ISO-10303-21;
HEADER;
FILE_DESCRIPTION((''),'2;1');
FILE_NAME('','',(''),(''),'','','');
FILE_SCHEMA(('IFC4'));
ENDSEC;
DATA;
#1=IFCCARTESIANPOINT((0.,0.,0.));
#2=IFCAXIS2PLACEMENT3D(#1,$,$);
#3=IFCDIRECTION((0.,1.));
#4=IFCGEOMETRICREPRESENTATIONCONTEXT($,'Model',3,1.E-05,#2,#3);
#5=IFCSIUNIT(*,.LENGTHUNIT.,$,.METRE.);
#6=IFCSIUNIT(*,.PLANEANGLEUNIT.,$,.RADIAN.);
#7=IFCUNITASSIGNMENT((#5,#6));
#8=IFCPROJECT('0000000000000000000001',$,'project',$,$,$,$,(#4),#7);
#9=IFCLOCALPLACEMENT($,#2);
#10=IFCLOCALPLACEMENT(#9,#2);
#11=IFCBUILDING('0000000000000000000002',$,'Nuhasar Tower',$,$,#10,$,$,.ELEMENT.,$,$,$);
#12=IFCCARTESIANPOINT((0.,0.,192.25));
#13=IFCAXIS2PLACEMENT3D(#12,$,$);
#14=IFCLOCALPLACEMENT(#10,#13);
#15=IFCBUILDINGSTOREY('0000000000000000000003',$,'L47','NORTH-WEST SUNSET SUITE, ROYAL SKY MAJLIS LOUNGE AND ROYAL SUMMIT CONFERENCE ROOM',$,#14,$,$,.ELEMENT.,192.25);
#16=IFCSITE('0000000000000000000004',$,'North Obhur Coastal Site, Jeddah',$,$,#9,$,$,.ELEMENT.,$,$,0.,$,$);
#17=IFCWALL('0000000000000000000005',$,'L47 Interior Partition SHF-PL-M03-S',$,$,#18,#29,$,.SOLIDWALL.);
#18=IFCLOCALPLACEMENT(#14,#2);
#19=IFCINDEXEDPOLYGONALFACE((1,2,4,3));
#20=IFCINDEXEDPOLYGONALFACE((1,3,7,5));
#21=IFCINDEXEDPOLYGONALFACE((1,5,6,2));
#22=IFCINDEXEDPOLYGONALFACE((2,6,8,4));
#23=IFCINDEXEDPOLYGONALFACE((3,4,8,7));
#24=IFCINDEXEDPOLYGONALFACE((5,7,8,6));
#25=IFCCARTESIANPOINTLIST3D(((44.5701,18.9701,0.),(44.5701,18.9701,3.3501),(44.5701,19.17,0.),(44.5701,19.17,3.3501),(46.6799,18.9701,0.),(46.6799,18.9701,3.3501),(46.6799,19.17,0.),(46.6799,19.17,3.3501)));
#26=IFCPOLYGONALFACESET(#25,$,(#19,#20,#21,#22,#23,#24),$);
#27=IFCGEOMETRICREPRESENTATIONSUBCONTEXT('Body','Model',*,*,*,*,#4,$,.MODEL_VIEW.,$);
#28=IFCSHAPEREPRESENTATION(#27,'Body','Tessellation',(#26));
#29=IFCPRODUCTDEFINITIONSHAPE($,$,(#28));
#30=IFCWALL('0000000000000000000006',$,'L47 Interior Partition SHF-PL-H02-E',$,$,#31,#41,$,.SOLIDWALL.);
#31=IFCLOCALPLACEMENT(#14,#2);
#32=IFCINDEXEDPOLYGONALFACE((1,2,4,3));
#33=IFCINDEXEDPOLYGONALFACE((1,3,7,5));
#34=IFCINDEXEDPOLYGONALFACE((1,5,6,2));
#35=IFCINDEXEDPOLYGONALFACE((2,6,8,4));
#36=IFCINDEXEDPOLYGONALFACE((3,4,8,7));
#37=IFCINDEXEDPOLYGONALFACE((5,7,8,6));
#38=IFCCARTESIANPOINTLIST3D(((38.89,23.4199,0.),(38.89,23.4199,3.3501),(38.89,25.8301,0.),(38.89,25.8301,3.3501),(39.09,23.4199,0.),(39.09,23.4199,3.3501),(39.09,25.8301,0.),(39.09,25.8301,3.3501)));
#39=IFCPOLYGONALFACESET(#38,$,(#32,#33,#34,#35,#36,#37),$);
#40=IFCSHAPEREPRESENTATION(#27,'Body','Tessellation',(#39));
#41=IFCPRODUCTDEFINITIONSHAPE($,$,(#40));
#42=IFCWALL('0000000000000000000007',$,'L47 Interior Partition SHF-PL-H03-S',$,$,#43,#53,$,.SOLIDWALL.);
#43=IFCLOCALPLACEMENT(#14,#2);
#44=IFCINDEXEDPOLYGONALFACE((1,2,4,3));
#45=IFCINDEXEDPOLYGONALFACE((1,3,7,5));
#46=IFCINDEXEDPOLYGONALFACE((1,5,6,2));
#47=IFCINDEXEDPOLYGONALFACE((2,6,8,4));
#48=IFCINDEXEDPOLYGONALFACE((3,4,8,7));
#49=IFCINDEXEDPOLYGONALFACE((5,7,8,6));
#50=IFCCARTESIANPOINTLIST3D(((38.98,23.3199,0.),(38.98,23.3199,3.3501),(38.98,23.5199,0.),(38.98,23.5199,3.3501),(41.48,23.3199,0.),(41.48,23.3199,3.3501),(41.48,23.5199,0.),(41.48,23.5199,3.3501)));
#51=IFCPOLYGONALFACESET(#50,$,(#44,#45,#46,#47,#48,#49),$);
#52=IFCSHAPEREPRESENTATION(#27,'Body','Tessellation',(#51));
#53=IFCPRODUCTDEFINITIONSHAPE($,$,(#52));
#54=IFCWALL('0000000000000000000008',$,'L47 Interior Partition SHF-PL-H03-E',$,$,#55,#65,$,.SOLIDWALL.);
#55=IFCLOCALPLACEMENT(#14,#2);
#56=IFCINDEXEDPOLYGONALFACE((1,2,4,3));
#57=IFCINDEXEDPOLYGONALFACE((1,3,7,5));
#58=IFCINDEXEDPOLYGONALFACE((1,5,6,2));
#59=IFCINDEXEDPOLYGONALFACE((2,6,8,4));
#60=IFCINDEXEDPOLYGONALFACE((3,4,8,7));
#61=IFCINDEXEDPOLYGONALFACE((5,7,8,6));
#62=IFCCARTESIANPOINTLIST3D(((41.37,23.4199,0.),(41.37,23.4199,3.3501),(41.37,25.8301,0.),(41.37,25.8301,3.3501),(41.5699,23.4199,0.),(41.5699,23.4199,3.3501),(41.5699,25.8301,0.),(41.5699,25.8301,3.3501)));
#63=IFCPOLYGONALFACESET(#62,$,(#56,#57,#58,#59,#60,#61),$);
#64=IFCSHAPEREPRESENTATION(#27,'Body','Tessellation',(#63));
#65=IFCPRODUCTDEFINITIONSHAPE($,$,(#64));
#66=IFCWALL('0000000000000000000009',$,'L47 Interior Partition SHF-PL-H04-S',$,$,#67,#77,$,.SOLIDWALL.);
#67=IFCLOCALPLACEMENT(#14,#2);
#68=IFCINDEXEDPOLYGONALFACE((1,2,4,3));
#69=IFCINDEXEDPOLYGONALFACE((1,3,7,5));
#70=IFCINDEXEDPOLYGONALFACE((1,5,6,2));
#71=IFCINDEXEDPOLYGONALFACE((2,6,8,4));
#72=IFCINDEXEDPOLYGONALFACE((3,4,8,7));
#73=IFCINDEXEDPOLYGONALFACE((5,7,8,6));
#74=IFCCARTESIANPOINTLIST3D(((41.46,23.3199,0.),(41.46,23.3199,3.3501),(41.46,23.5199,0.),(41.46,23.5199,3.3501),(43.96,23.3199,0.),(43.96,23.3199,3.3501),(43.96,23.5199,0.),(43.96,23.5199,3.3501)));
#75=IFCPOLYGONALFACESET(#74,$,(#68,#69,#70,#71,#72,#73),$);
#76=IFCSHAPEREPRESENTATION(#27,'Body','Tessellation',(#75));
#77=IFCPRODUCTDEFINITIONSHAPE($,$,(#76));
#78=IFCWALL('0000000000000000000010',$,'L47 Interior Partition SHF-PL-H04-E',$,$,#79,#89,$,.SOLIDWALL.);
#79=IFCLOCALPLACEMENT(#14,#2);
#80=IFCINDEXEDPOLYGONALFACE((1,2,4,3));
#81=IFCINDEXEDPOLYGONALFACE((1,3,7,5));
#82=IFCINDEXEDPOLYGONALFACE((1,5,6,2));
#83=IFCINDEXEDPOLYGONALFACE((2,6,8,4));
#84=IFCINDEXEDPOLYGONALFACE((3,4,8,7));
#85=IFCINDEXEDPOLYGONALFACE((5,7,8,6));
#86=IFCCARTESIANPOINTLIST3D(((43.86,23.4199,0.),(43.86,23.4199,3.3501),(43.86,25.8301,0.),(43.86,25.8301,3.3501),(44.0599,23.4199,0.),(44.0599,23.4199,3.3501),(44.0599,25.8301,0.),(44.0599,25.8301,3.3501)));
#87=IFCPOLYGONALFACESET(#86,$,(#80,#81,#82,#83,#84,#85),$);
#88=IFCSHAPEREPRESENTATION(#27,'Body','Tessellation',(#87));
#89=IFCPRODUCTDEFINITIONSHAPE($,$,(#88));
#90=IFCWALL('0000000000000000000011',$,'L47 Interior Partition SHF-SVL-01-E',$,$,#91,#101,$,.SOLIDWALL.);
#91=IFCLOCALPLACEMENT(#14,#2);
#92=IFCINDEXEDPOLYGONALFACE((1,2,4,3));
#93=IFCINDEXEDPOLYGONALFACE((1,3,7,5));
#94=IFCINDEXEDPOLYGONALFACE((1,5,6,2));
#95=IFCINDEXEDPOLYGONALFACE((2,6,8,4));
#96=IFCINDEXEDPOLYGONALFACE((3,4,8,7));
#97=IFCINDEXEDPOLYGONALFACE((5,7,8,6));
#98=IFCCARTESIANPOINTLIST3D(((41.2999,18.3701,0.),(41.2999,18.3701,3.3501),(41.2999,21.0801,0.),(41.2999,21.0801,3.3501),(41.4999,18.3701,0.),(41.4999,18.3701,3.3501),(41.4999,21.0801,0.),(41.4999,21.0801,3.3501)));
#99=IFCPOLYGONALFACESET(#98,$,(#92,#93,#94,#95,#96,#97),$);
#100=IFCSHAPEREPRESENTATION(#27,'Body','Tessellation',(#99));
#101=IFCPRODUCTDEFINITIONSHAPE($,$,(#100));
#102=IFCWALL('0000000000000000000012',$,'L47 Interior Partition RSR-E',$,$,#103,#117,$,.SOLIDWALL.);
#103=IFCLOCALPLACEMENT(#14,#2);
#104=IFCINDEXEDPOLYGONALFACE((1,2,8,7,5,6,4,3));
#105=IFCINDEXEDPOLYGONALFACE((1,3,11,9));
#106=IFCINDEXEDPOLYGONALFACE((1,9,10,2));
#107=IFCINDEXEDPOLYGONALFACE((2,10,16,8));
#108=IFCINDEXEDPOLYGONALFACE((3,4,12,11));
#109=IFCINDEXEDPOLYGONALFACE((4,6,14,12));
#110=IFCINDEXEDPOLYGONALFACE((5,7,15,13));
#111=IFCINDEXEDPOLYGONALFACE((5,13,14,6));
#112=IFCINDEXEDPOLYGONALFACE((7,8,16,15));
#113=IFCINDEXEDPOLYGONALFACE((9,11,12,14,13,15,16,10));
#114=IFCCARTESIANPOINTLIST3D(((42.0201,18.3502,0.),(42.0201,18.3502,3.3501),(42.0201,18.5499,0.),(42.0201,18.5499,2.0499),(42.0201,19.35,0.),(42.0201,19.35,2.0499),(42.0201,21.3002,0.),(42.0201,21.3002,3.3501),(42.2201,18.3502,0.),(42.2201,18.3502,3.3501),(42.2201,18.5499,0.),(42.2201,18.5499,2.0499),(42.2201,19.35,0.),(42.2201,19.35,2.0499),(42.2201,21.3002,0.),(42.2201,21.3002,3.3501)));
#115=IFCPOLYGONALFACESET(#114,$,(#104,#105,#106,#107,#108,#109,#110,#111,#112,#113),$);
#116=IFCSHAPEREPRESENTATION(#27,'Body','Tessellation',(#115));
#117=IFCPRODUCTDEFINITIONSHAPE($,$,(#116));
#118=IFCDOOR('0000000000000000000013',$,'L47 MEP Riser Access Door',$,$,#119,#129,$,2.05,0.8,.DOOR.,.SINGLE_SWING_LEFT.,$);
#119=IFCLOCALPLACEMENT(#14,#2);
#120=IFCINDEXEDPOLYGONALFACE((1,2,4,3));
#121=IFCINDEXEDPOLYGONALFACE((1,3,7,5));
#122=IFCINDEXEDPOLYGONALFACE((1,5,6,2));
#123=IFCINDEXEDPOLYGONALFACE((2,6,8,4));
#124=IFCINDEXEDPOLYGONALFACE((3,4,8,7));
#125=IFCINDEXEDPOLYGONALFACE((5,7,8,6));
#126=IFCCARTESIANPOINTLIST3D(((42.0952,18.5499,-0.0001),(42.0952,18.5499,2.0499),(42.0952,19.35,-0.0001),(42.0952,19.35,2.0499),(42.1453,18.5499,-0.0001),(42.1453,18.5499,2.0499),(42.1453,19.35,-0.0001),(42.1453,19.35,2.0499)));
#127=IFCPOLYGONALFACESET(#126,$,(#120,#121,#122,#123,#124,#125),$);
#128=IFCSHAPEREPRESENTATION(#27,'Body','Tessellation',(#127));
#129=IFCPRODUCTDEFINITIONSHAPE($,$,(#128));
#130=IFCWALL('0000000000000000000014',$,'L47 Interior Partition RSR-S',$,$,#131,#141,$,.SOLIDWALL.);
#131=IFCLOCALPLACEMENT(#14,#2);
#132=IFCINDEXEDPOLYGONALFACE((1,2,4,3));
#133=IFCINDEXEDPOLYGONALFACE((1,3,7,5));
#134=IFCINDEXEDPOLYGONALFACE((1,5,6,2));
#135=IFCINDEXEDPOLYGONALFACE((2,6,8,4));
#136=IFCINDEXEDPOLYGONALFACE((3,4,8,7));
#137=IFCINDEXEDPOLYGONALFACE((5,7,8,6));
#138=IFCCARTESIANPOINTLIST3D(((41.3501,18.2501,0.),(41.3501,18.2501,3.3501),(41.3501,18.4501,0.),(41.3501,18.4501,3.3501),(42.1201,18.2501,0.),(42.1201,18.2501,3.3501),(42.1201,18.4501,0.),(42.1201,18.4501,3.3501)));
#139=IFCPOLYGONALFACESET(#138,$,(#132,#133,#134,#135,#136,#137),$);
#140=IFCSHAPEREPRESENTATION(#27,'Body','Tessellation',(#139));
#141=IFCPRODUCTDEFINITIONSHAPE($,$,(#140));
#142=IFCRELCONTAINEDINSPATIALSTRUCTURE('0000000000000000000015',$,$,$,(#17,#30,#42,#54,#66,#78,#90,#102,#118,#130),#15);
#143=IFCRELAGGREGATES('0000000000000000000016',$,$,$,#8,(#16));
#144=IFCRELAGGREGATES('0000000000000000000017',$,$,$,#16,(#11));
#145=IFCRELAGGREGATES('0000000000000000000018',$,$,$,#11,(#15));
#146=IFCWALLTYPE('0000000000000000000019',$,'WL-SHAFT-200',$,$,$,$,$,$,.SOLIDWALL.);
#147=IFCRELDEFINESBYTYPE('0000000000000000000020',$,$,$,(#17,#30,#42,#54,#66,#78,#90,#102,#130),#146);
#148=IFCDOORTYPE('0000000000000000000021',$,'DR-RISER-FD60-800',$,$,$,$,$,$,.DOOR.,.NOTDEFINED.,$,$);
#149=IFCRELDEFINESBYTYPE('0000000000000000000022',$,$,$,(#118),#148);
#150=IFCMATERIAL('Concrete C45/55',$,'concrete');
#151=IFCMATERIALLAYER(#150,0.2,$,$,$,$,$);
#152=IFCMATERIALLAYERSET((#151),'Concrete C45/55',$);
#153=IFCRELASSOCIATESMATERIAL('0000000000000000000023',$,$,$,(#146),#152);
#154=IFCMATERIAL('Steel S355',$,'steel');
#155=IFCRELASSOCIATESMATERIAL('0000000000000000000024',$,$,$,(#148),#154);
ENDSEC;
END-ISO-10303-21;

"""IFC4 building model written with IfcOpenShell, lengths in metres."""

from ifc_helpers import new_model, si_unit, direction, frame, frame_2d, origin, place, context, subcontext, project, spatial, rectangle, extrude, material, layer, layer_set, type_object, element, fill, save


model = new_model("IFC4")

# Units and contexts
model_context = context("Model", 3, precision=1e-05, world=origin(), true_north=direction((0.0, 1.0)))
body_context = subcontext(model_context, "Body", "Model", "MODEL_VIEW")
ifc_project = project(units=[si_unit("LENGTHUNIT", "METRE"), si_unit("PLANEANGLEUNIT", "RADIAN")], contexts=[model_context])

# Site, building, storey
site_placement = place(None, origin())
site = spatial("IfcSite", under=ifc_project, at=site_placement, Name="North Obhur Coastal Site, Jeddah", CompositionType="ELEMENT", RefElevation=0.0)
building_placement = place(site_placement, origin())
building = spatial("IfcBuilding", under=site, at=building_placement, Name="Nuhasar Tower", CompositionType="ELEMENT")
storey_placement = place(building_placement, frame((0.0, 0.0, 192.25)))
storey = spatial("IfcBuildingStorey", under=building, at=storey_placement, Name="L47", Description="NORTH-WEST SUNSET SUITE, ROYAL SKY MAJLIS LOUNGE AND ROYAL SUMMIT CONFERENCE ROOM", CompositionType="ELEMENT", Elevation=192.25)

# Shared definitions
ifc_material_1 = material(Name="Steel S355", Category="steel")

# Shared definitions
ifc_material_2 = material(Name="Concrete C45/55", Category="concrete")

# Shared definitions
ifc_layer_1 = layer(ifc_material_2, 0.2)
ifc_layer_set_1 = layer_set([ifc_layer_1], Name="Concrete C45/55")
wall_type_1 = type_object("IfcWallType", Name="WL-SHAFT-200", PredefinedType="SOLIDWALL", material=ifc_layer_set_1)

# Wall
wall_1_placement = place(storey_placement, frame((44.5701, 19.0701, 0.0), z_axis=(0.0, 0.0, 1.0), x_axis=(1.0, 0.0, 0.0)))
element("IfcWall", 1, at=wall_1_placement, inside=storey, type_object=wall_type_1, Name="L47 Interior Partition SHF-PL-M03-S", PredefinedType="SOLIDWALL", context=body_context, shape_type="SweptSolid", body=[
    extrude(rectangle(XDim=2.1099, YDim=0.2, at=frame_2d((1.0549, 0.0))), origin(), (0.0, 0.0, 1.0), 3.3501),
])

# Walls
wall_2_placement = place(storey_placement, frame((38.99, 23.4199, 0.0), z_axis=(0.0, 0.0, 1.0), x_axis=(0.0, 1.0, 0.0)))
element("IfcWall", 2, at=wall_2_placement, inside=storey, type_object=wall_type_1, Name="L47 Interior Partition SHF-PL-H02-E", PredefinedType="SOLIDWALL", context=body_context, shape_type="SweptSolid", body=[
    extrude(rectangle(XDim=2.4102, YDim=0.2, at=frame_2d((1.2051, 0.0))), origin(), (0.0, 0.0, 1.0), 3.3501),
])
wall_3_placement = place(storey_placement, frame((38.98, 23.4199, 0.0), z_axis=(0.0, 0.0, 1.0), x_axis=(1.0, 0.0, 0.0)))
element("IfcWall", 3, at=wall_3_placement, inside=storey, type_object=wall_type_1, Name="L47 Interior Partition SHF-PL-H03-S", PredefinedType="SOLIDWALL", context=body_context, shape_type="SweptSolid", body=[
    extrude(rectangle(XDim=2.5, YDim=0.2, at=frame_2d((1.25, 0.0))), origin(), (0.0, 0.0, 1.0), 3.3501),
])
wall_4_placement = place(storey_placement, frame((41.47, 23.4199, 0.0), z_axis=(0.0, 0.0, 1.0), x_axis=(0.0, 1.0, 0.0)))
element("IfcWall", 4, at=wall_4_placement, inside=storey, type_object=wall_type_1, Name="L47 Interior Partition SHF-PL-H03-E", PredefinedType="SOLIDWALL", context=body_context, shape_type="SweptSolid", body=[
    extrude(rectangle(XDim=2.4102, YDim=0.2, at=frame_2d((1.2051, 0.0))), origin(), (0.0, 0.0, 1.0), 3.3501),
])
wall_5_placement = place(storey_placement, frame((41.46, 23.4199, 0.0), z_axis=(0.0, 0.0, 1.0), x_axis=(1.0, 0.0, 0.0)))
element("IfcWall", 5, at=wall_5_placement, inside=storey, type_object=wall_type_1, Name="L47 Interior Partition SHF-PL-H04-S", PredefinedType="SOLIDWALL", context=body_context, shape_type="SweptSolid", body=[
    extrude(rectangle(XDim=2.5, YDim=0.2, at=frame_2d((1.25, 0.0))), origin(), (0.0, 0.0, 1.0), 3.3501),
])
wall_6_placement = place(storey_placement, frame((43.96, 23.4199, 0.0), z_axis=(0.0, 0.0, 1.0), x_axis=(0.0, 1.0, 0.0)))
element("IfcWall", 6, at=wall_6_placement, inside=storey, type_object=wall_type_1, Name="L47 Interior Partition SHF-PL-H04-E", PredefinedType="SOLIDWALL", context=body_context, shape_type="SweptSolid", body=[
    extrude(rectangle(XDim=2.4102, YDim=0.2, at=frame_2d((1.2051, 0.0))), origin(), (0.0, 0.0, 1.0), 3.3501),
])
wall_7_placement = place(storey_placement, frame((41.3999, 18.3701, 0.0), z_axis=(0.0, 0.0, 1.0), x_axis=(0.0, 1.0, 0.0)))
element("IfcWall", 7, at=wall_7_placement, inside=storey, type_object=wall_type_1, Name="L47 Interior Partition SHF-SVL-01-E", PredefinedType="SOLIDWALL", context=body_context, shape_type="SweptSolid", body=[
    extrude(rectangle(XDim=2.71, YDim=0.2, at=frame_2d((1.355, 0.0))), origin(), (0.0, 0.0, 1.0), 3.3501),
])

# Wall, opening, door
wall_8_placement = place(storey_placement, frame((42.1201, 18.3501, 0.0), z_axis=(0.0, 0.0, 1.0), x_axis=(0.0, 1.0, 0.0)))
wall_8 = element("IfcWall", 8, at=wall_8_placement, inside=storey, type_object=wall_type_1, Name="L47 Interior Partition RSR-E", PredefinedType="SOLIDWALL", context=body_context, shape_type="SweptSolid", body=[
    extrude(rectangle(XDim=2.95, YDim=0.2, at=frame_2d((1.4751, 0.0))), origin(), (0.0, 0.0, 1.0), 3.3501),
])
opening_1_placement = place(wall_8_placement, frame((0.2, 0.0, 0.0)))
opening_1 = element("IfcOpeningElement", 9, at=opening_1_placement, cuts=wall_8, PredefinedType="OPENING", context=body_context, shape_type="SweptSolid", body=[
    extrude(rectangle(XDim=0.8, YDim=2.05, at=frame_2d((0.3999, 1.0249))), frame((0.0, 0.1099, 0.0), z_axis=(0.0, -1.0, 0.0), x_axis=(1.0, 0.0, 0.0)), (0.0, 0.0, 1.0), 0.22),
])
door_type_1 = type_object("IfcDoorType", Name="DR-RISER-FD60-800", OperationType="NOTDEFINED", PredefinedType="DOOR", material=ifc_material_1)
door_1_placement = place(opening_1_placement, origin())
door_1 = element("IfcDoor", 10, at=door_1_placement, inside=storey, type_object=door_type_1, Name="L47 MEP Riser Access Door", OperationType="SINGLE_SWING_LEFT", OverallHeight=2.05, OverallWidth=0.8, PredefinedType="DOOR", context=body_context, shape_type="SweptSolid", body=[
    extrude(rectangle(XDim=0.8, YDim=2.05, at=frame_2d((0.3999, 1.0249))), frame((0.0, 0.0249, 0.0), z_axis=(0.0, -1.0, 0.0), x_axis=(1.0, 0.0, 0.0)), (0.0, 0.0, 1.0), 0.05),
])
fill(opening_1, door_1)

# Wall
wall_9_placement = place(storey_placement, frame((41.3501, 18.3501, 0.0), z_axis=(0.0, 0.0, 1.0), x_axis=(1.0, 0.0, 0.0)))
element("IfcWall", 11, at=wall_9_placement, inside=storey, type_object=wall_type_1, Name="L47 Interior Partition RSR-S", PredefinedType="SOLIDWALL", context=body_context, shape_type="SweptSolid", body=[
    extrude(rectangle(XDim=0.77, YDim=0.2, at=frame_2d((0.385, 0.0))), origin(), (0.0, 0.0, 1.0), 3.3501),
])

save(model, "model.ifc")
